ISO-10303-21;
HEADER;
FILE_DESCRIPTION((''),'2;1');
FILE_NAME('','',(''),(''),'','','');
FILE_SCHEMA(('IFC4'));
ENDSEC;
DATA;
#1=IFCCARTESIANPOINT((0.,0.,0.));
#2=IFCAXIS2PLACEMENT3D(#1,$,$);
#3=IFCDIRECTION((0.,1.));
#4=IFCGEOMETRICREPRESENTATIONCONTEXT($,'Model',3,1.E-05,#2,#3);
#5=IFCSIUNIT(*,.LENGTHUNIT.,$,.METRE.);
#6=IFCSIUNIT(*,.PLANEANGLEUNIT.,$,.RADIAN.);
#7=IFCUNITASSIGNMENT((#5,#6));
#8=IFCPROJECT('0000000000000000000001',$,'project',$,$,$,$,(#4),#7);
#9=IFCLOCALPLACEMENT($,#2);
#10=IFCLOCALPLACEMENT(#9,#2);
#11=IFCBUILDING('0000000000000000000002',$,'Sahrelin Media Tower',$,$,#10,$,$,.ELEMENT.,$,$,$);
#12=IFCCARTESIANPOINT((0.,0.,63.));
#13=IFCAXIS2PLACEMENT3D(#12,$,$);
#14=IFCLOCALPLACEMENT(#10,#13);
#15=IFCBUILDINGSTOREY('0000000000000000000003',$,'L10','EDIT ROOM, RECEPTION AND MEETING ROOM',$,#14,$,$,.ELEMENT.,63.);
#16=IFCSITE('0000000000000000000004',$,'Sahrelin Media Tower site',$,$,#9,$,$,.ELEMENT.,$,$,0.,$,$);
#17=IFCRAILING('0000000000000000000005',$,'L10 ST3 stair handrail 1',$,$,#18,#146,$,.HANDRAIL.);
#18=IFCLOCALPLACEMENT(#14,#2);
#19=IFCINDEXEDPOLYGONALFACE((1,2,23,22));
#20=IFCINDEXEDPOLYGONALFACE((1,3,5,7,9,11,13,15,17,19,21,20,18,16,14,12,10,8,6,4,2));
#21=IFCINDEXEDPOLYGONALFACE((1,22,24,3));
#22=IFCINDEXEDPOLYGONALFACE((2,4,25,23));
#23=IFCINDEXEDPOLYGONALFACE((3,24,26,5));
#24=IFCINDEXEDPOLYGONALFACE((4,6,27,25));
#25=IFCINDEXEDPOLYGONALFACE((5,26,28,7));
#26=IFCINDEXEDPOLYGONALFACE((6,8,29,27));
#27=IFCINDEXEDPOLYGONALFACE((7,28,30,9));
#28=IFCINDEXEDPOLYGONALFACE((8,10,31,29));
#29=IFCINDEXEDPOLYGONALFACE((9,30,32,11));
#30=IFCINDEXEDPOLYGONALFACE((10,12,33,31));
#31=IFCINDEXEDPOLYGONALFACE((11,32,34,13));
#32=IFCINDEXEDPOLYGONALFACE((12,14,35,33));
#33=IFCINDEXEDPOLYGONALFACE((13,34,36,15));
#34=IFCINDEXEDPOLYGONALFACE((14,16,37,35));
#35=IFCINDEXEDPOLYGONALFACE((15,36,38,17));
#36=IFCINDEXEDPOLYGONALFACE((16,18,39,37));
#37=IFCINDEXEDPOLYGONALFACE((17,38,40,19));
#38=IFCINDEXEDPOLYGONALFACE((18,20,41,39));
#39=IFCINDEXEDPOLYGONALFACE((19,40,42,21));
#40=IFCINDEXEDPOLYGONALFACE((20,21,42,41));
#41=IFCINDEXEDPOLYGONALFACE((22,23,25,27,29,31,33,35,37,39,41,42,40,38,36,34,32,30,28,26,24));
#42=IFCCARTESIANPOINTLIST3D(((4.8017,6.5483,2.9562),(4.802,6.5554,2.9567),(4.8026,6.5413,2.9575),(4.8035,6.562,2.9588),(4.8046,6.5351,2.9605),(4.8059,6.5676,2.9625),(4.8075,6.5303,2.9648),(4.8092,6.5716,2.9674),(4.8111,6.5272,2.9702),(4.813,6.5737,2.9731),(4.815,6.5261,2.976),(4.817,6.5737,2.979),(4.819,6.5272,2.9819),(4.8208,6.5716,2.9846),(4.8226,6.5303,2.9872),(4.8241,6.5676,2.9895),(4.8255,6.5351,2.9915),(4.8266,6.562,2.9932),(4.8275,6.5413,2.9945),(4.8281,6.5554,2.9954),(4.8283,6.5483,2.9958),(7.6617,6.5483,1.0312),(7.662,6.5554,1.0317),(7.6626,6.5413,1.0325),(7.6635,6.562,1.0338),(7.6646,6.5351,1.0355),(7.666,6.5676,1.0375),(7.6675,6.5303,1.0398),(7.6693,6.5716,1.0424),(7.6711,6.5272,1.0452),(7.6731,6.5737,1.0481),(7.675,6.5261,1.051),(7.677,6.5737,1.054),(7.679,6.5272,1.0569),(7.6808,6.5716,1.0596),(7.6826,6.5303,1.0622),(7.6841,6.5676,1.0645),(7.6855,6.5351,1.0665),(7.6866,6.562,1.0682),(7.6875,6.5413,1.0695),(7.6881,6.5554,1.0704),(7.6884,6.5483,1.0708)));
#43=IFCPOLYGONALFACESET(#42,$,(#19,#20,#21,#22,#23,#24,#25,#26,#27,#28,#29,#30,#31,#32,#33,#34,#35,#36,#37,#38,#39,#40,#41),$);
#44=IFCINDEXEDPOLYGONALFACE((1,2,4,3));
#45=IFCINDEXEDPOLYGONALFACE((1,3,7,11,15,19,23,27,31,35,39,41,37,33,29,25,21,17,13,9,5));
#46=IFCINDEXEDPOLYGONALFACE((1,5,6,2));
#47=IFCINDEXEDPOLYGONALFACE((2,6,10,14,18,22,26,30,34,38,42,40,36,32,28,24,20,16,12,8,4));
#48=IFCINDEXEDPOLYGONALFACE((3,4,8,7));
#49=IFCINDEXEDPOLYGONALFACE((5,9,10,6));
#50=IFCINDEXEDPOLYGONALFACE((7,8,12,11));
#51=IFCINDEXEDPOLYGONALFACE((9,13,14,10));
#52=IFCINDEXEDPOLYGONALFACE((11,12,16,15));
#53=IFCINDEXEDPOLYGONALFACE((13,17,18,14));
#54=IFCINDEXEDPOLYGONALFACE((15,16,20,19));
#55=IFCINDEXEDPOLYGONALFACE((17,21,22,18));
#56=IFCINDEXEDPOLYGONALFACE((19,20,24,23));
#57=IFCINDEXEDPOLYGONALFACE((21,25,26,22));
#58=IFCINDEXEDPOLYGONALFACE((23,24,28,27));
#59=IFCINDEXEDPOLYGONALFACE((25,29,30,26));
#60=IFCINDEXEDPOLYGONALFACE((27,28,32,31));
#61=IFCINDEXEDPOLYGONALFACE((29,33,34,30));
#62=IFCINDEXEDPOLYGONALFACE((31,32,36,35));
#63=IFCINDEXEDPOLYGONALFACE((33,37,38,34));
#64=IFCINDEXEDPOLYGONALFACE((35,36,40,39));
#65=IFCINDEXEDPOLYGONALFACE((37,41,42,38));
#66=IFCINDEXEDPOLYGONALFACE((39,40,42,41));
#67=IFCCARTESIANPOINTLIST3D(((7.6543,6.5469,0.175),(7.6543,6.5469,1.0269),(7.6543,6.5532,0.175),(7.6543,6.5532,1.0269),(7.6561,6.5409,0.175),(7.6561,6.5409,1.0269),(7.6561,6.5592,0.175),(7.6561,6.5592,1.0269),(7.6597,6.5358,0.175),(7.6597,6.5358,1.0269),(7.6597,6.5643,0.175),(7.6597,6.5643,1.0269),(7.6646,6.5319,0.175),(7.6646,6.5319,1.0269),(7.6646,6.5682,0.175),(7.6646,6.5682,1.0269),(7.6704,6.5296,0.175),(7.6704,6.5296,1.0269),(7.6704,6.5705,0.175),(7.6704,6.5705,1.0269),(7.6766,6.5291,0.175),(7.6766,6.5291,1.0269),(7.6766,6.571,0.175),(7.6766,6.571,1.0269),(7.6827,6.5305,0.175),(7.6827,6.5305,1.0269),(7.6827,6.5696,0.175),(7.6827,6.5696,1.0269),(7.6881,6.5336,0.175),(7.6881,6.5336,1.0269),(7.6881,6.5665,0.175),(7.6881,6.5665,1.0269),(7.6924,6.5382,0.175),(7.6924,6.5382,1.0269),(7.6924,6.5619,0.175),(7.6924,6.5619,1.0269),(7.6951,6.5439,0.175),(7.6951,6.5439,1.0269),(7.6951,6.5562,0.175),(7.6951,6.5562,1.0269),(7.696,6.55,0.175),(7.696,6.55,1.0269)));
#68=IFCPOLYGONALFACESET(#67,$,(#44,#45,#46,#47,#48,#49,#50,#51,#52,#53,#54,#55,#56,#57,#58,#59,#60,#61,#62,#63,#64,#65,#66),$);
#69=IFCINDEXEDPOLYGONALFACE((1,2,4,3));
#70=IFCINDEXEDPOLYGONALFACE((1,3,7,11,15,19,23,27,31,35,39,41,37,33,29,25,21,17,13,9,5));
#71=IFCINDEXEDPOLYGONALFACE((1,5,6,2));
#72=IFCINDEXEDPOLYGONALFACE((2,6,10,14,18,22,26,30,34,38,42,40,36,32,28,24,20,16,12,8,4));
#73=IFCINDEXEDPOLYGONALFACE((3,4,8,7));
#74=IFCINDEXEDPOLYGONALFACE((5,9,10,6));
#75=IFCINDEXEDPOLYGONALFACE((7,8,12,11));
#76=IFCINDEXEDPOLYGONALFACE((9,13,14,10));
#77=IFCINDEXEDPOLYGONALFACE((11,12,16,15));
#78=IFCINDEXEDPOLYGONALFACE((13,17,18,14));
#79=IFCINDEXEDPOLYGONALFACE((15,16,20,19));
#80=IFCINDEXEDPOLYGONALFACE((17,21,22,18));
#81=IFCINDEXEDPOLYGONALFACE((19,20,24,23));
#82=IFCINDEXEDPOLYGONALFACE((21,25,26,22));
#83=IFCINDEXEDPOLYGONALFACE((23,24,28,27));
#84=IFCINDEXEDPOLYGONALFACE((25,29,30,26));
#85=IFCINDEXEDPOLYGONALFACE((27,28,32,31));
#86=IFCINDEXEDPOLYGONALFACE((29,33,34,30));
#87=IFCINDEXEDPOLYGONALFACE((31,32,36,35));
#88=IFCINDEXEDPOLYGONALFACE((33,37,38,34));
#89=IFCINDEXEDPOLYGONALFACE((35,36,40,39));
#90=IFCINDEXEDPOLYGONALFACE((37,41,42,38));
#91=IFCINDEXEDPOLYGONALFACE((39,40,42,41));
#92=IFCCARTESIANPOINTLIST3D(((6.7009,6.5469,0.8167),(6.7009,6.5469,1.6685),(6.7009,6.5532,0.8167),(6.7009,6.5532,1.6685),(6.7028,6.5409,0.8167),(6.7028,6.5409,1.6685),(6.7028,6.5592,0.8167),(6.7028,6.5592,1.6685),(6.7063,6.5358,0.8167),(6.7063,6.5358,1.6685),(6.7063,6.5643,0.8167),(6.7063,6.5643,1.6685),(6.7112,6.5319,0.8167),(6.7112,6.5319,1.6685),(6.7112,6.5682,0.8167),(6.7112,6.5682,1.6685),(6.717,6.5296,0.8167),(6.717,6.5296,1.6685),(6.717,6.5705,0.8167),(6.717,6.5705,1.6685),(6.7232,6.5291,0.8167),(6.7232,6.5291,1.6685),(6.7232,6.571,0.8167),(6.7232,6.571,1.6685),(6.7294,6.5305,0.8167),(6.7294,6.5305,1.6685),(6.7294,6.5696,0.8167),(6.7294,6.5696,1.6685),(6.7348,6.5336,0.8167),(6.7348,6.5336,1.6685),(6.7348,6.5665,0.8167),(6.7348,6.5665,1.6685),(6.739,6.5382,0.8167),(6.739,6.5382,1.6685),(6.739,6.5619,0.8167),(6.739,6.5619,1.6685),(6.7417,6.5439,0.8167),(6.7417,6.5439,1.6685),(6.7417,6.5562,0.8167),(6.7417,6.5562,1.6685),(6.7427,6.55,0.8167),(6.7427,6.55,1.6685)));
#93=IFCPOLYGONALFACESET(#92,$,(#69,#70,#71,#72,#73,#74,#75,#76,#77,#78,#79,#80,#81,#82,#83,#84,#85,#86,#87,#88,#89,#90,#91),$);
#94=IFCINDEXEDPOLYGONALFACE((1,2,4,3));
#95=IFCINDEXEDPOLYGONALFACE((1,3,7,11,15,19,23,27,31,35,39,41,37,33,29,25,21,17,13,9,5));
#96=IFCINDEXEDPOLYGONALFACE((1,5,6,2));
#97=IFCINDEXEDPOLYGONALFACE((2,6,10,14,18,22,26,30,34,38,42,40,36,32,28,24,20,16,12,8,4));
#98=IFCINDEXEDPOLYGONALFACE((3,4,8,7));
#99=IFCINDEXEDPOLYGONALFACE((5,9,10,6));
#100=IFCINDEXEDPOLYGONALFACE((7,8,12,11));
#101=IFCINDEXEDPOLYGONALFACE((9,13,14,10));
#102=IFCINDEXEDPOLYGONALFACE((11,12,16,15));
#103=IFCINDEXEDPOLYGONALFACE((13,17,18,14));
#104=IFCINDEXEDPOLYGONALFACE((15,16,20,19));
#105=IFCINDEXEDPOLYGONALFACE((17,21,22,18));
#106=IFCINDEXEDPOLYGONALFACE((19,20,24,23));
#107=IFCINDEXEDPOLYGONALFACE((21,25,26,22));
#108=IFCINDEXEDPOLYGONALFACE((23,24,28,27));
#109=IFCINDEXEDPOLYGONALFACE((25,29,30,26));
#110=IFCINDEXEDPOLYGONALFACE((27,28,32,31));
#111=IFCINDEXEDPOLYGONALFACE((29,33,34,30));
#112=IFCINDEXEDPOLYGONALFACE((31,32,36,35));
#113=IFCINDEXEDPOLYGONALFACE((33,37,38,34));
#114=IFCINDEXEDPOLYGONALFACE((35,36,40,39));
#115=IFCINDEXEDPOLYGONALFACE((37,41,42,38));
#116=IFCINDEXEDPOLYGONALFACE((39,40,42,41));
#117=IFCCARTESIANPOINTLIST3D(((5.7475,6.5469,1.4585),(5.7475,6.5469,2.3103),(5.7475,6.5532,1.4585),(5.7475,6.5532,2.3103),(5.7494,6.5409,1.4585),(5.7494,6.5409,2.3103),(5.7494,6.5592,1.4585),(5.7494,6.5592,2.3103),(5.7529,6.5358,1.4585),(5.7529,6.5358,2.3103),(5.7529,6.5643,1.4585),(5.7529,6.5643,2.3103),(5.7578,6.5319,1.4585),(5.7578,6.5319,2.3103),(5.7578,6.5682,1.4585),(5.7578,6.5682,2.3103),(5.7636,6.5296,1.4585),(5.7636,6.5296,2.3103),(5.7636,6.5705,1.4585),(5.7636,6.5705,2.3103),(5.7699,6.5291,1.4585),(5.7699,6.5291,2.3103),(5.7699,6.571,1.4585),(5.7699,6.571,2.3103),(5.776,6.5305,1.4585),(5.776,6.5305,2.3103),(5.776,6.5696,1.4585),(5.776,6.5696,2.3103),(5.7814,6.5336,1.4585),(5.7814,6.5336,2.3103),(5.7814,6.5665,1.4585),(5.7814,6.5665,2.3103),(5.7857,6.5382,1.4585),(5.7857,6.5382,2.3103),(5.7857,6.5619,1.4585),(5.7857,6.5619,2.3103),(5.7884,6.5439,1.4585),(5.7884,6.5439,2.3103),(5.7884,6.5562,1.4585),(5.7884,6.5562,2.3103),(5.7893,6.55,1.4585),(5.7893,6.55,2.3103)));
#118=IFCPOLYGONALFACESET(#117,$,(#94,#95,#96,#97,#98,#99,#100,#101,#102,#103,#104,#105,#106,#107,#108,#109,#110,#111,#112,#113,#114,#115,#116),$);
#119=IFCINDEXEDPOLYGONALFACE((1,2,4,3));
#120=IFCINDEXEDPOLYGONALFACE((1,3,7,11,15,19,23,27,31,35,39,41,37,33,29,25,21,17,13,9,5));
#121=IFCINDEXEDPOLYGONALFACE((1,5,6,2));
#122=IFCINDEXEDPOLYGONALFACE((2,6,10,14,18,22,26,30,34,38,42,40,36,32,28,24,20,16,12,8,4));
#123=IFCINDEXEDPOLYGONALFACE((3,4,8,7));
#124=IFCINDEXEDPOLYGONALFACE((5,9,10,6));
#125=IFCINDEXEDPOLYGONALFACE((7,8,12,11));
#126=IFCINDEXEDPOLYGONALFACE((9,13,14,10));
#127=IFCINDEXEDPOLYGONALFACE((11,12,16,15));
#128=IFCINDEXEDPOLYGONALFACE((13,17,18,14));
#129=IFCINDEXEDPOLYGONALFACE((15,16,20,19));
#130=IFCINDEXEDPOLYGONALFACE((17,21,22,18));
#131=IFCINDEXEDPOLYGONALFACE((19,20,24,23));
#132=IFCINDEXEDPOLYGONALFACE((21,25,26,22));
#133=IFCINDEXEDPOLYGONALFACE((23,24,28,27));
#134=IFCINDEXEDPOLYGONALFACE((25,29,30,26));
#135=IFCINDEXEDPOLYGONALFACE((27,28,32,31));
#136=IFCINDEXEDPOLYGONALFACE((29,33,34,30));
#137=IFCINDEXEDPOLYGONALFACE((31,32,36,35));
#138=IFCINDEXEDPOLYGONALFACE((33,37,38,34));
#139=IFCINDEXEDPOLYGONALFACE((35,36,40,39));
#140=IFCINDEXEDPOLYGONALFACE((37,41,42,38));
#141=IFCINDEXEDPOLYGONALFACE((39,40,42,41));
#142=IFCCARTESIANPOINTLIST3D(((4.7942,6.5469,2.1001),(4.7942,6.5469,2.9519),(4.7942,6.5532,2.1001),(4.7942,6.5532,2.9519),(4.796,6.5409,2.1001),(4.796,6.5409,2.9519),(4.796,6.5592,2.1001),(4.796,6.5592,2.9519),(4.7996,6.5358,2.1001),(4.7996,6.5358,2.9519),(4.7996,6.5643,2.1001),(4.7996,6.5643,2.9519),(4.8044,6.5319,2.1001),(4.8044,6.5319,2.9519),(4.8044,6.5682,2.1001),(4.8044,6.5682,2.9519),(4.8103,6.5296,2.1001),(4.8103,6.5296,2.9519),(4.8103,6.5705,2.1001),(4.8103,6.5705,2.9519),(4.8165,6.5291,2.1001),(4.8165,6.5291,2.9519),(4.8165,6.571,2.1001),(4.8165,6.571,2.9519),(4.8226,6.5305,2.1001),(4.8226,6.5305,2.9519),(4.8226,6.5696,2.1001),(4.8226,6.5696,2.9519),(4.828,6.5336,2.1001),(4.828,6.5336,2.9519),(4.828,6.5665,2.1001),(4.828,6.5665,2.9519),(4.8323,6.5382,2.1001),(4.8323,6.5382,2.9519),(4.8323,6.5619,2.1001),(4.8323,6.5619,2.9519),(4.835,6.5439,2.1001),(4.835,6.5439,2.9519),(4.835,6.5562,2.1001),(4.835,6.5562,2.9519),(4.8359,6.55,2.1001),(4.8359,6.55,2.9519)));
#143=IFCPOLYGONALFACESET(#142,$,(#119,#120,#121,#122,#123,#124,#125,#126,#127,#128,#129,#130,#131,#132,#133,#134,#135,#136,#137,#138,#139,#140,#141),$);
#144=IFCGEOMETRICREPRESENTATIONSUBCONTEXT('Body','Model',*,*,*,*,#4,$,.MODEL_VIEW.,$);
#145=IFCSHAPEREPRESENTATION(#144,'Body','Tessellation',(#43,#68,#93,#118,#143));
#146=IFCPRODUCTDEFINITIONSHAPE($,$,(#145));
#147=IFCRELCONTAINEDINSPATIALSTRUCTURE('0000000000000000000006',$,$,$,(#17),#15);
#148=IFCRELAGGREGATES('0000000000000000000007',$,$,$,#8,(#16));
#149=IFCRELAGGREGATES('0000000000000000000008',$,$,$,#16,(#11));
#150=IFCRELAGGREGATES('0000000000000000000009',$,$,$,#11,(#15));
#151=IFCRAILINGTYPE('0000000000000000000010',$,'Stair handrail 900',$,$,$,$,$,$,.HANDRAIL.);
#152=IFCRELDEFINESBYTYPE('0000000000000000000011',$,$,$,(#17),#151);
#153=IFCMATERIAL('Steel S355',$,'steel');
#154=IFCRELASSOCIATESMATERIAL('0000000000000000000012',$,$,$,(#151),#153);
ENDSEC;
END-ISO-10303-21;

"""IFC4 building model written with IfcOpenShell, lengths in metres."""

from ifc_helpers import new_model, si_unit, direction, frame, origin, origin_2d, place, context, subcontext, project, spatial, circle, extrude, material, type_object, element, save


model = new_model("IFC4")

# Units and contexts
model_context = context("Model", 3, precision=1e-05, world=origin(), true_north=direction((0.0, 1.0)))
body_context = subcontext(model_context, "Body", "Model", "MODEL_VIEW")
ifc_project = project(units=[si_unit("LENGTHUNIT", "METRE"), si_unit("PLANEANGLEUNIT", "RADIAN")], contexts=[model_context])

# Site, building, storey
site_placement = place(None, origin())
site = spatial("IfcSite", under=ifc_project, at=site_placement, Name="Sahrelin Media Tower site", CompositionType="ELEMENT", RefElevation=0.0)
building_placement = place(site_placement, origin())
building = spatial("IfcBuilding", under=site, at=building_placement, Name="Sahrelin Media Tower", CompositionType="ELEMENT")
storey_placement = place(building_placement, frame((0.0, 0.0, 63.0)))
storey = spatial("IfcBuildingStorey", under=building, at=storey_placement, Name="L10", Description="EDIT ROOM, RECEPTION AND MEETING ROOM", CompositionType="ELEMENT", Elevation=63.0)

# Shared definitions
ifc_material_1 = material(Name="Steel S355", Category="steel")

# Railing
railing_type_1 = type_object("IfcRailingType", Name="Stair handrail 900", PredefinedType="HANDRAIL", material=ifc_material_1)
railing_1_placement = place(storey_placement, frame((7.675, 6.55, 0.175)))
element("IfcRailing", 1, at=railing_1_placement, inside=storey, type_object=railing_type_1, Name="L10 ST3 stair handrail 1", PredefinedType="HANDRAIL", context=body_context, shape_type="SweptSolid", body=[
    extrude(circle(Radius=0.0239, at=origin_2d()), frame((0.0, 0.0, 0.876), z_axis=(-0.829591, 0.0, 0.558372), x_axis=(0.0, -1.0, 0.0)), (0.0, 0.0, 1.0), 3.4475),
    extrude(circle(Radius=0.021, at=origin_2d()), origin(), (0.0, 0.0, 1.0), 0.8518),
    extrude(circle(Radius=0.021, at=origin_2d()), frame((-0.9534, 0.0, 0.6416)), (0.0, 0.0, 1.0), 0.8518),
    extrude(circle(Radius=0.021, at=origin_2d()), frame((-1.9067, 0.0, 1.2834)), (0.0, 0.0, 1.0), 0.8518),
    extrude(circle(Radius=0.021, at=origin_2d()), frame((-2.8601, 0.0, 1.925)), (0.0, 0.0, 1.0), 0.8518),
])

save(model, "model.ifc")
